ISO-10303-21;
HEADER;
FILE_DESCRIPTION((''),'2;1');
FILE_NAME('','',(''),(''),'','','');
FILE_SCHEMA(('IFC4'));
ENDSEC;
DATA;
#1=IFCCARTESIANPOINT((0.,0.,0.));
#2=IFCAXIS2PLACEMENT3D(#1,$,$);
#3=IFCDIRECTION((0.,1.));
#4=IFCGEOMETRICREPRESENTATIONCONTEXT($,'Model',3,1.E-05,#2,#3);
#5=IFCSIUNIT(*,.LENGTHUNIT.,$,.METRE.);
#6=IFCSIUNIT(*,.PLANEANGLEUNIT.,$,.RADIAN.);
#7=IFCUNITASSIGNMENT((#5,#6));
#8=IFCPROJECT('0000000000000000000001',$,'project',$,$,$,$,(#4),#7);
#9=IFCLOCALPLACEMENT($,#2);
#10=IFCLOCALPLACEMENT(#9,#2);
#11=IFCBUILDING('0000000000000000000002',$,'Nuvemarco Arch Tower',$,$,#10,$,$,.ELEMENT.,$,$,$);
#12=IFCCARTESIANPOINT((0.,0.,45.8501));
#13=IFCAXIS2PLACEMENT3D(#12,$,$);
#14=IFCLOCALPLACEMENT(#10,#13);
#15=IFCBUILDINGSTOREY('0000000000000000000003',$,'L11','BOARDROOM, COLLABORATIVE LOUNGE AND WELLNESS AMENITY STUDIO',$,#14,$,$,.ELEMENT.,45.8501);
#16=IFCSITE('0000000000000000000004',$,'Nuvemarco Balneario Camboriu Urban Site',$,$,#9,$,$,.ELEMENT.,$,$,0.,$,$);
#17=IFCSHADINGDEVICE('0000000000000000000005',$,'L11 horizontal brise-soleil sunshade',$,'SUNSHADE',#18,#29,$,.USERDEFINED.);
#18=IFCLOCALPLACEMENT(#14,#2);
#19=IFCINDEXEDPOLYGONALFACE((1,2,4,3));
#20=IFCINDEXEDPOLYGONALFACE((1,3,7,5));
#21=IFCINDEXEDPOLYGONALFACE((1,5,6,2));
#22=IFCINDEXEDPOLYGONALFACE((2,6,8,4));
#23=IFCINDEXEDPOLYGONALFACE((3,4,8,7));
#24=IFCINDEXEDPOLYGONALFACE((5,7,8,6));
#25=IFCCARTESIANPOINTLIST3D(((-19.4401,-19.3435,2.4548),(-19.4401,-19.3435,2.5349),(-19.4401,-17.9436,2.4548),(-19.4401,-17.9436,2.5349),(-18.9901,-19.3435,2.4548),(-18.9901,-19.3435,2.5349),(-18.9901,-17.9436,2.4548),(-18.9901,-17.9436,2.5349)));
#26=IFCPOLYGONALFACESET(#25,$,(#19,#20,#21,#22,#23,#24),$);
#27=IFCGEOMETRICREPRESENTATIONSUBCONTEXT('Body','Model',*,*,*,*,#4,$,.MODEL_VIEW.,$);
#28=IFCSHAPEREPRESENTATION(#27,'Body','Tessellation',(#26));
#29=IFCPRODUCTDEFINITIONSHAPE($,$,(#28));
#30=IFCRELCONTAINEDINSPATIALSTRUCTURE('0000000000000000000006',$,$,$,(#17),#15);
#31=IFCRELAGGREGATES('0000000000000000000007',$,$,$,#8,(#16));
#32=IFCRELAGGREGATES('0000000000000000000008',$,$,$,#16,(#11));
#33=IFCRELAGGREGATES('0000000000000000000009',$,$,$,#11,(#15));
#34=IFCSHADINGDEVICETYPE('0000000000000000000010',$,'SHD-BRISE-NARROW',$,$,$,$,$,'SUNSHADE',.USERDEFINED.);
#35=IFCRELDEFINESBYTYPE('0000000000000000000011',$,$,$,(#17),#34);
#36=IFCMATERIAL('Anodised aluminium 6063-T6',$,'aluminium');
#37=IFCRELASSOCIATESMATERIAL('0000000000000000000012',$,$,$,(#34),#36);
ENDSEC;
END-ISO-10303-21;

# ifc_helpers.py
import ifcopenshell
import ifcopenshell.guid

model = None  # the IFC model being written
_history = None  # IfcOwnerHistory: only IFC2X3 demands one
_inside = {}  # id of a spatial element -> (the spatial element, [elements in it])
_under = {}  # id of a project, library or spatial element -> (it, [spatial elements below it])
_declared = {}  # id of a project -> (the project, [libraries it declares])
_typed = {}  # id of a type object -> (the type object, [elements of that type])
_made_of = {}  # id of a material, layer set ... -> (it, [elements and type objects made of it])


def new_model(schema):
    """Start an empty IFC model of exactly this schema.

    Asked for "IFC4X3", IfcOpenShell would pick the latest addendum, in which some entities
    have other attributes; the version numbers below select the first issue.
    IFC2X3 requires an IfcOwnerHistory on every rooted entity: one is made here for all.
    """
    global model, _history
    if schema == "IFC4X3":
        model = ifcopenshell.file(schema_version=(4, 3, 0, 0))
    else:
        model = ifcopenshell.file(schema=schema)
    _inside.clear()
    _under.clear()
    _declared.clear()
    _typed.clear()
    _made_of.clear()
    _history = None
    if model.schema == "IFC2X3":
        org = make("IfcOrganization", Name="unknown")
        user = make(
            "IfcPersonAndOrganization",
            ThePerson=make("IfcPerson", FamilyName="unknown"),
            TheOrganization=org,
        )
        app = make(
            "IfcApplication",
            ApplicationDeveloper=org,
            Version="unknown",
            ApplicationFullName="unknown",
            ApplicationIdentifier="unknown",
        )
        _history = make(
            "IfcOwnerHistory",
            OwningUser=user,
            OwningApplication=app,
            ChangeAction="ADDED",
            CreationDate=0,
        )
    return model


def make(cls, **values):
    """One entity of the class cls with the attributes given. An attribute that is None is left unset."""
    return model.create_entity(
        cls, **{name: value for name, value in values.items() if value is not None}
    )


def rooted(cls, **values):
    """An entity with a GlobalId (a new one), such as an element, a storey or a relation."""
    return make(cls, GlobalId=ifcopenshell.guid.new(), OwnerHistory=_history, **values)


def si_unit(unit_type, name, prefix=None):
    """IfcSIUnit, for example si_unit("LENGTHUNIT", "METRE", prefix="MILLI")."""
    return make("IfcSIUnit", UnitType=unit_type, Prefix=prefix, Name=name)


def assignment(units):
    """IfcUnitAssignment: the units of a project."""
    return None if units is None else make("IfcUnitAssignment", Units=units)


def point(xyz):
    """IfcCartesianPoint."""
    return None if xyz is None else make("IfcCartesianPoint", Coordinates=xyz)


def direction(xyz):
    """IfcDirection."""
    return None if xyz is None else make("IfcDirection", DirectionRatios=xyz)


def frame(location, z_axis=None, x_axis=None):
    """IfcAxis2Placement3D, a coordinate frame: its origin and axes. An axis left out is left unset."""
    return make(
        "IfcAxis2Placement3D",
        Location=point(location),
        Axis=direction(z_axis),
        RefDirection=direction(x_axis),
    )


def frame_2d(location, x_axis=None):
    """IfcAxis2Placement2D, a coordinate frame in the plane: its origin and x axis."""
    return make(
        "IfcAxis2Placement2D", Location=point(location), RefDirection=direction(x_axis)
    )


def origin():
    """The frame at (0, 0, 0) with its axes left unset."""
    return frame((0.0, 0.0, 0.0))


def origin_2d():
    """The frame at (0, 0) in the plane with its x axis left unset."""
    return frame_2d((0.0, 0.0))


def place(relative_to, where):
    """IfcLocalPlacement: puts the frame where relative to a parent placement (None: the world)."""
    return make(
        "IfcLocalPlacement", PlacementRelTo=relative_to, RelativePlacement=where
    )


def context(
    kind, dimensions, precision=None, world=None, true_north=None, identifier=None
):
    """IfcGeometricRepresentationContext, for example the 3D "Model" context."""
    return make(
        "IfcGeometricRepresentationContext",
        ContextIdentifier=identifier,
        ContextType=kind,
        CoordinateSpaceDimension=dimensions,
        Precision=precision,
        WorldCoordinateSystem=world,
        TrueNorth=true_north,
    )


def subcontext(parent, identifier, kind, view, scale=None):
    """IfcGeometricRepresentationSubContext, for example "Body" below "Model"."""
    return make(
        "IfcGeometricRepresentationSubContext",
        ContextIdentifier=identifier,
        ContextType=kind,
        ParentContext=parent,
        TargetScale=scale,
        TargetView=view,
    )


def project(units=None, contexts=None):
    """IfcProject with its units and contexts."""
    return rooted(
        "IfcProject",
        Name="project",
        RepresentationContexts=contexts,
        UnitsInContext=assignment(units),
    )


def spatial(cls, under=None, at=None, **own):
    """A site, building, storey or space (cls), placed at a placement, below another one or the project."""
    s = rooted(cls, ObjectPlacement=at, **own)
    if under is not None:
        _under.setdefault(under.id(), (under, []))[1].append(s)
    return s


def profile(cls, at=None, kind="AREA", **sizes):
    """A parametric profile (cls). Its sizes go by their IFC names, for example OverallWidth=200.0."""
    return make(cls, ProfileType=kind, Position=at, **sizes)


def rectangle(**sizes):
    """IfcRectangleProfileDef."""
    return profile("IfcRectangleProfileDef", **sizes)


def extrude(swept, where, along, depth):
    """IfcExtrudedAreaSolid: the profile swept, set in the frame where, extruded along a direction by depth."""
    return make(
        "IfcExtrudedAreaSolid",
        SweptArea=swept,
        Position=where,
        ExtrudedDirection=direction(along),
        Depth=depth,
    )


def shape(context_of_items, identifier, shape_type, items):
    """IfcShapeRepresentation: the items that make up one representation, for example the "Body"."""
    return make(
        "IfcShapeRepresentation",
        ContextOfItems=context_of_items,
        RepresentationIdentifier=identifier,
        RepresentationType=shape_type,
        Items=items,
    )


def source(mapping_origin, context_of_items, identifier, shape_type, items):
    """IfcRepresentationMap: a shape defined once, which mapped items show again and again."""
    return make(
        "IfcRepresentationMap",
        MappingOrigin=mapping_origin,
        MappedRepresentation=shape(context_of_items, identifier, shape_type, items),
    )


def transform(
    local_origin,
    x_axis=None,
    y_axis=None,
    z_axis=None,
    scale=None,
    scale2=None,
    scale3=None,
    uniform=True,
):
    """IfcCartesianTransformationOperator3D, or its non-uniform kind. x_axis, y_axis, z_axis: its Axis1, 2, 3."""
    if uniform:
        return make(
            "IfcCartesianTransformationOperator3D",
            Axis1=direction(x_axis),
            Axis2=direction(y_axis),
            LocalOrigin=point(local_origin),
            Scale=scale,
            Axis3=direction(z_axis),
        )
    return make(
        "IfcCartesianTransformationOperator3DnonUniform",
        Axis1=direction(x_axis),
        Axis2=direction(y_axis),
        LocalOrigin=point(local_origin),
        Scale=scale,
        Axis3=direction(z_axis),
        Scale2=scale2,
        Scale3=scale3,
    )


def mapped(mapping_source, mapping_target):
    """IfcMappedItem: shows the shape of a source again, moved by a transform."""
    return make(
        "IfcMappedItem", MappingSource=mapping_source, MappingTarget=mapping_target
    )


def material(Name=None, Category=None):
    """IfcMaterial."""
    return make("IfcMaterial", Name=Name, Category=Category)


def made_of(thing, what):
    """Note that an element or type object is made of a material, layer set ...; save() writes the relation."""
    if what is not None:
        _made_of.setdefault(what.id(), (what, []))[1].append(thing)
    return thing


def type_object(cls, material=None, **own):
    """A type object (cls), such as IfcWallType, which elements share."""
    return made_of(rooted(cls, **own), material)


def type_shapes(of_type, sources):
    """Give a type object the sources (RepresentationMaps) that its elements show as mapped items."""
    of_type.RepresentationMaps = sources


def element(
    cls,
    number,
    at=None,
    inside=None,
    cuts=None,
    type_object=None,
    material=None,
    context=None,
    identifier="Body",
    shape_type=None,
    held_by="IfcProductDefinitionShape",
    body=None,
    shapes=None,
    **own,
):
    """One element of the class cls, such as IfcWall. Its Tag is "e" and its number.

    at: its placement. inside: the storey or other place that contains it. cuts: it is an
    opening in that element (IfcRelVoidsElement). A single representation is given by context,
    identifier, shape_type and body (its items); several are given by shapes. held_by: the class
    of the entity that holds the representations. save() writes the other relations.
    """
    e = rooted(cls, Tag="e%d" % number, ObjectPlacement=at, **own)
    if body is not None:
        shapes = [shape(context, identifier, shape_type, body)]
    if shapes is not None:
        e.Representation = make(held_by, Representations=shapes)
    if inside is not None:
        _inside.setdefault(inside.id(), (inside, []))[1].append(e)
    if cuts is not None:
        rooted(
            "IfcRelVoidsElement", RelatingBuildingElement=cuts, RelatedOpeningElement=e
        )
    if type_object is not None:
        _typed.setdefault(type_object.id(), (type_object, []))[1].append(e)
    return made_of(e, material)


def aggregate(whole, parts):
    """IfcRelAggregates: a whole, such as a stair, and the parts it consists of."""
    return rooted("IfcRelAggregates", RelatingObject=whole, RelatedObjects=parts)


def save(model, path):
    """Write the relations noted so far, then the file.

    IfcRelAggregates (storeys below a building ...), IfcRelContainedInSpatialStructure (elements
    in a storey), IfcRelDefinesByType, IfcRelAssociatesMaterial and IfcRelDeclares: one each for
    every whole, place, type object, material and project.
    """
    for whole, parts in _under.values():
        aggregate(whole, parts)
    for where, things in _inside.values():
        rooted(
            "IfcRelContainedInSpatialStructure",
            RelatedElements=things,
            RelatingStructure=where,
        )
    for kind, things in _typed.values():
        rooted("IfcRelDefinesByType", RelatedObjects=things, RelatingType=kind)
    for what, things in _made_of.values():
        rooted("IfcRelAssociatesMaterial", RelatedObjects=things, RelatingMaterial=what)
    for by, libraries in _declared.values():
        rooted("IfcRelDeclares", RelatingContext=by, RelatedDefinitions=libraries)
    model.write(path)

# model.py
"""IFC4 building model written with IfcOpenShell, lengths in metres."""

from ifc_helpers import new_model, si_unit, direction, frame, origin, origin_2d, place, context, subcontext, project, spatial, rectangle, extrude, source, transform, mapped, material, type_object, type_shapes, element, save


model = new_model("IFC4")

# Units and contexts
model_context = context("Model", 3, precision=1e-05, world=origin(), true_north=direction((0.0, 1.0)))
body_context = subcontext(model_context, "Body", "Model", "MODEL_VIEW")
ifc_project = project(units=[si_unit("LENGTHUNIT", "METRE"), si_unit("PLANEANGLEUNIT", "RADIAN")], contexts=[model_context])

# Site, building, storey
site_placement = place(None, origin())
site = spatial("IfcSite", under=ifc_project, at=site_placement, Name="Nuvemarco Balneario Camboriu Urban Site", CompositionType="ELEMENT", RefElevation=0.0)
building_placement = place(site_placement, origin())
building = spatial("IfcBuilding", under=site, at=building_placement, Name="Nuvemarco Arch Tower", CompositionType="ELEMENT")
storey_placement = place(building_placement, frame((0.0, 0.0, 45.8501)))
storey = spatial("IfcBuildingStorey", under=building, at=storey_placement, Name="L11", Description="BOARDROOM, COLLABORATIVE LOUNGE AND WELLNESS AMENITY STUDIO", CompositionType="ELEMENT", Elevation=45.8501)

# Shading device
ifc_material_1 = material(Name="Anodised aluminium 6063-T6", Category="aluminium")
shading_device_type = type_object("IfcShadingDeviceType", Name="SHD-BRISE-NARROW", ElementType="SUNSHADE", PredefinedType="USERDEFINED", material=ifc_material_1)
shared_shape_1 = source(origin(), body_context, "Body", "SweptSolid", [
    extrude(rectangle(XDim=1.3999, YDim=0.45, at=origin_2d()), origin(), (0.0, 0.0, 1.0), 0.0801),
])
type_shapes(shading_device_type, [shared_shape_1])
shading_device_placement = place(storey_placement, frame((-19.2151, -18.6436, 2.4548), z_axis=(0.0, 0.0, 1.0), x_axis=(0.0, 1.0, 0.0)))
element("IfcShadingDevice", 1, at=shading_device_placement, inside=storey, type_object=shading_device_type, Name="L11 horizontal brise-soleil sunshade", ObjectType="SUNSHADE", PredefinedType="USERDEFINED", context=body_context, shape_type="MappedRepresentation", body=[
    mapped(shared_shape_1, transform((0.0, 0.0, 0.0), scale=1.0)),
])

save(model, "model.ifc")
